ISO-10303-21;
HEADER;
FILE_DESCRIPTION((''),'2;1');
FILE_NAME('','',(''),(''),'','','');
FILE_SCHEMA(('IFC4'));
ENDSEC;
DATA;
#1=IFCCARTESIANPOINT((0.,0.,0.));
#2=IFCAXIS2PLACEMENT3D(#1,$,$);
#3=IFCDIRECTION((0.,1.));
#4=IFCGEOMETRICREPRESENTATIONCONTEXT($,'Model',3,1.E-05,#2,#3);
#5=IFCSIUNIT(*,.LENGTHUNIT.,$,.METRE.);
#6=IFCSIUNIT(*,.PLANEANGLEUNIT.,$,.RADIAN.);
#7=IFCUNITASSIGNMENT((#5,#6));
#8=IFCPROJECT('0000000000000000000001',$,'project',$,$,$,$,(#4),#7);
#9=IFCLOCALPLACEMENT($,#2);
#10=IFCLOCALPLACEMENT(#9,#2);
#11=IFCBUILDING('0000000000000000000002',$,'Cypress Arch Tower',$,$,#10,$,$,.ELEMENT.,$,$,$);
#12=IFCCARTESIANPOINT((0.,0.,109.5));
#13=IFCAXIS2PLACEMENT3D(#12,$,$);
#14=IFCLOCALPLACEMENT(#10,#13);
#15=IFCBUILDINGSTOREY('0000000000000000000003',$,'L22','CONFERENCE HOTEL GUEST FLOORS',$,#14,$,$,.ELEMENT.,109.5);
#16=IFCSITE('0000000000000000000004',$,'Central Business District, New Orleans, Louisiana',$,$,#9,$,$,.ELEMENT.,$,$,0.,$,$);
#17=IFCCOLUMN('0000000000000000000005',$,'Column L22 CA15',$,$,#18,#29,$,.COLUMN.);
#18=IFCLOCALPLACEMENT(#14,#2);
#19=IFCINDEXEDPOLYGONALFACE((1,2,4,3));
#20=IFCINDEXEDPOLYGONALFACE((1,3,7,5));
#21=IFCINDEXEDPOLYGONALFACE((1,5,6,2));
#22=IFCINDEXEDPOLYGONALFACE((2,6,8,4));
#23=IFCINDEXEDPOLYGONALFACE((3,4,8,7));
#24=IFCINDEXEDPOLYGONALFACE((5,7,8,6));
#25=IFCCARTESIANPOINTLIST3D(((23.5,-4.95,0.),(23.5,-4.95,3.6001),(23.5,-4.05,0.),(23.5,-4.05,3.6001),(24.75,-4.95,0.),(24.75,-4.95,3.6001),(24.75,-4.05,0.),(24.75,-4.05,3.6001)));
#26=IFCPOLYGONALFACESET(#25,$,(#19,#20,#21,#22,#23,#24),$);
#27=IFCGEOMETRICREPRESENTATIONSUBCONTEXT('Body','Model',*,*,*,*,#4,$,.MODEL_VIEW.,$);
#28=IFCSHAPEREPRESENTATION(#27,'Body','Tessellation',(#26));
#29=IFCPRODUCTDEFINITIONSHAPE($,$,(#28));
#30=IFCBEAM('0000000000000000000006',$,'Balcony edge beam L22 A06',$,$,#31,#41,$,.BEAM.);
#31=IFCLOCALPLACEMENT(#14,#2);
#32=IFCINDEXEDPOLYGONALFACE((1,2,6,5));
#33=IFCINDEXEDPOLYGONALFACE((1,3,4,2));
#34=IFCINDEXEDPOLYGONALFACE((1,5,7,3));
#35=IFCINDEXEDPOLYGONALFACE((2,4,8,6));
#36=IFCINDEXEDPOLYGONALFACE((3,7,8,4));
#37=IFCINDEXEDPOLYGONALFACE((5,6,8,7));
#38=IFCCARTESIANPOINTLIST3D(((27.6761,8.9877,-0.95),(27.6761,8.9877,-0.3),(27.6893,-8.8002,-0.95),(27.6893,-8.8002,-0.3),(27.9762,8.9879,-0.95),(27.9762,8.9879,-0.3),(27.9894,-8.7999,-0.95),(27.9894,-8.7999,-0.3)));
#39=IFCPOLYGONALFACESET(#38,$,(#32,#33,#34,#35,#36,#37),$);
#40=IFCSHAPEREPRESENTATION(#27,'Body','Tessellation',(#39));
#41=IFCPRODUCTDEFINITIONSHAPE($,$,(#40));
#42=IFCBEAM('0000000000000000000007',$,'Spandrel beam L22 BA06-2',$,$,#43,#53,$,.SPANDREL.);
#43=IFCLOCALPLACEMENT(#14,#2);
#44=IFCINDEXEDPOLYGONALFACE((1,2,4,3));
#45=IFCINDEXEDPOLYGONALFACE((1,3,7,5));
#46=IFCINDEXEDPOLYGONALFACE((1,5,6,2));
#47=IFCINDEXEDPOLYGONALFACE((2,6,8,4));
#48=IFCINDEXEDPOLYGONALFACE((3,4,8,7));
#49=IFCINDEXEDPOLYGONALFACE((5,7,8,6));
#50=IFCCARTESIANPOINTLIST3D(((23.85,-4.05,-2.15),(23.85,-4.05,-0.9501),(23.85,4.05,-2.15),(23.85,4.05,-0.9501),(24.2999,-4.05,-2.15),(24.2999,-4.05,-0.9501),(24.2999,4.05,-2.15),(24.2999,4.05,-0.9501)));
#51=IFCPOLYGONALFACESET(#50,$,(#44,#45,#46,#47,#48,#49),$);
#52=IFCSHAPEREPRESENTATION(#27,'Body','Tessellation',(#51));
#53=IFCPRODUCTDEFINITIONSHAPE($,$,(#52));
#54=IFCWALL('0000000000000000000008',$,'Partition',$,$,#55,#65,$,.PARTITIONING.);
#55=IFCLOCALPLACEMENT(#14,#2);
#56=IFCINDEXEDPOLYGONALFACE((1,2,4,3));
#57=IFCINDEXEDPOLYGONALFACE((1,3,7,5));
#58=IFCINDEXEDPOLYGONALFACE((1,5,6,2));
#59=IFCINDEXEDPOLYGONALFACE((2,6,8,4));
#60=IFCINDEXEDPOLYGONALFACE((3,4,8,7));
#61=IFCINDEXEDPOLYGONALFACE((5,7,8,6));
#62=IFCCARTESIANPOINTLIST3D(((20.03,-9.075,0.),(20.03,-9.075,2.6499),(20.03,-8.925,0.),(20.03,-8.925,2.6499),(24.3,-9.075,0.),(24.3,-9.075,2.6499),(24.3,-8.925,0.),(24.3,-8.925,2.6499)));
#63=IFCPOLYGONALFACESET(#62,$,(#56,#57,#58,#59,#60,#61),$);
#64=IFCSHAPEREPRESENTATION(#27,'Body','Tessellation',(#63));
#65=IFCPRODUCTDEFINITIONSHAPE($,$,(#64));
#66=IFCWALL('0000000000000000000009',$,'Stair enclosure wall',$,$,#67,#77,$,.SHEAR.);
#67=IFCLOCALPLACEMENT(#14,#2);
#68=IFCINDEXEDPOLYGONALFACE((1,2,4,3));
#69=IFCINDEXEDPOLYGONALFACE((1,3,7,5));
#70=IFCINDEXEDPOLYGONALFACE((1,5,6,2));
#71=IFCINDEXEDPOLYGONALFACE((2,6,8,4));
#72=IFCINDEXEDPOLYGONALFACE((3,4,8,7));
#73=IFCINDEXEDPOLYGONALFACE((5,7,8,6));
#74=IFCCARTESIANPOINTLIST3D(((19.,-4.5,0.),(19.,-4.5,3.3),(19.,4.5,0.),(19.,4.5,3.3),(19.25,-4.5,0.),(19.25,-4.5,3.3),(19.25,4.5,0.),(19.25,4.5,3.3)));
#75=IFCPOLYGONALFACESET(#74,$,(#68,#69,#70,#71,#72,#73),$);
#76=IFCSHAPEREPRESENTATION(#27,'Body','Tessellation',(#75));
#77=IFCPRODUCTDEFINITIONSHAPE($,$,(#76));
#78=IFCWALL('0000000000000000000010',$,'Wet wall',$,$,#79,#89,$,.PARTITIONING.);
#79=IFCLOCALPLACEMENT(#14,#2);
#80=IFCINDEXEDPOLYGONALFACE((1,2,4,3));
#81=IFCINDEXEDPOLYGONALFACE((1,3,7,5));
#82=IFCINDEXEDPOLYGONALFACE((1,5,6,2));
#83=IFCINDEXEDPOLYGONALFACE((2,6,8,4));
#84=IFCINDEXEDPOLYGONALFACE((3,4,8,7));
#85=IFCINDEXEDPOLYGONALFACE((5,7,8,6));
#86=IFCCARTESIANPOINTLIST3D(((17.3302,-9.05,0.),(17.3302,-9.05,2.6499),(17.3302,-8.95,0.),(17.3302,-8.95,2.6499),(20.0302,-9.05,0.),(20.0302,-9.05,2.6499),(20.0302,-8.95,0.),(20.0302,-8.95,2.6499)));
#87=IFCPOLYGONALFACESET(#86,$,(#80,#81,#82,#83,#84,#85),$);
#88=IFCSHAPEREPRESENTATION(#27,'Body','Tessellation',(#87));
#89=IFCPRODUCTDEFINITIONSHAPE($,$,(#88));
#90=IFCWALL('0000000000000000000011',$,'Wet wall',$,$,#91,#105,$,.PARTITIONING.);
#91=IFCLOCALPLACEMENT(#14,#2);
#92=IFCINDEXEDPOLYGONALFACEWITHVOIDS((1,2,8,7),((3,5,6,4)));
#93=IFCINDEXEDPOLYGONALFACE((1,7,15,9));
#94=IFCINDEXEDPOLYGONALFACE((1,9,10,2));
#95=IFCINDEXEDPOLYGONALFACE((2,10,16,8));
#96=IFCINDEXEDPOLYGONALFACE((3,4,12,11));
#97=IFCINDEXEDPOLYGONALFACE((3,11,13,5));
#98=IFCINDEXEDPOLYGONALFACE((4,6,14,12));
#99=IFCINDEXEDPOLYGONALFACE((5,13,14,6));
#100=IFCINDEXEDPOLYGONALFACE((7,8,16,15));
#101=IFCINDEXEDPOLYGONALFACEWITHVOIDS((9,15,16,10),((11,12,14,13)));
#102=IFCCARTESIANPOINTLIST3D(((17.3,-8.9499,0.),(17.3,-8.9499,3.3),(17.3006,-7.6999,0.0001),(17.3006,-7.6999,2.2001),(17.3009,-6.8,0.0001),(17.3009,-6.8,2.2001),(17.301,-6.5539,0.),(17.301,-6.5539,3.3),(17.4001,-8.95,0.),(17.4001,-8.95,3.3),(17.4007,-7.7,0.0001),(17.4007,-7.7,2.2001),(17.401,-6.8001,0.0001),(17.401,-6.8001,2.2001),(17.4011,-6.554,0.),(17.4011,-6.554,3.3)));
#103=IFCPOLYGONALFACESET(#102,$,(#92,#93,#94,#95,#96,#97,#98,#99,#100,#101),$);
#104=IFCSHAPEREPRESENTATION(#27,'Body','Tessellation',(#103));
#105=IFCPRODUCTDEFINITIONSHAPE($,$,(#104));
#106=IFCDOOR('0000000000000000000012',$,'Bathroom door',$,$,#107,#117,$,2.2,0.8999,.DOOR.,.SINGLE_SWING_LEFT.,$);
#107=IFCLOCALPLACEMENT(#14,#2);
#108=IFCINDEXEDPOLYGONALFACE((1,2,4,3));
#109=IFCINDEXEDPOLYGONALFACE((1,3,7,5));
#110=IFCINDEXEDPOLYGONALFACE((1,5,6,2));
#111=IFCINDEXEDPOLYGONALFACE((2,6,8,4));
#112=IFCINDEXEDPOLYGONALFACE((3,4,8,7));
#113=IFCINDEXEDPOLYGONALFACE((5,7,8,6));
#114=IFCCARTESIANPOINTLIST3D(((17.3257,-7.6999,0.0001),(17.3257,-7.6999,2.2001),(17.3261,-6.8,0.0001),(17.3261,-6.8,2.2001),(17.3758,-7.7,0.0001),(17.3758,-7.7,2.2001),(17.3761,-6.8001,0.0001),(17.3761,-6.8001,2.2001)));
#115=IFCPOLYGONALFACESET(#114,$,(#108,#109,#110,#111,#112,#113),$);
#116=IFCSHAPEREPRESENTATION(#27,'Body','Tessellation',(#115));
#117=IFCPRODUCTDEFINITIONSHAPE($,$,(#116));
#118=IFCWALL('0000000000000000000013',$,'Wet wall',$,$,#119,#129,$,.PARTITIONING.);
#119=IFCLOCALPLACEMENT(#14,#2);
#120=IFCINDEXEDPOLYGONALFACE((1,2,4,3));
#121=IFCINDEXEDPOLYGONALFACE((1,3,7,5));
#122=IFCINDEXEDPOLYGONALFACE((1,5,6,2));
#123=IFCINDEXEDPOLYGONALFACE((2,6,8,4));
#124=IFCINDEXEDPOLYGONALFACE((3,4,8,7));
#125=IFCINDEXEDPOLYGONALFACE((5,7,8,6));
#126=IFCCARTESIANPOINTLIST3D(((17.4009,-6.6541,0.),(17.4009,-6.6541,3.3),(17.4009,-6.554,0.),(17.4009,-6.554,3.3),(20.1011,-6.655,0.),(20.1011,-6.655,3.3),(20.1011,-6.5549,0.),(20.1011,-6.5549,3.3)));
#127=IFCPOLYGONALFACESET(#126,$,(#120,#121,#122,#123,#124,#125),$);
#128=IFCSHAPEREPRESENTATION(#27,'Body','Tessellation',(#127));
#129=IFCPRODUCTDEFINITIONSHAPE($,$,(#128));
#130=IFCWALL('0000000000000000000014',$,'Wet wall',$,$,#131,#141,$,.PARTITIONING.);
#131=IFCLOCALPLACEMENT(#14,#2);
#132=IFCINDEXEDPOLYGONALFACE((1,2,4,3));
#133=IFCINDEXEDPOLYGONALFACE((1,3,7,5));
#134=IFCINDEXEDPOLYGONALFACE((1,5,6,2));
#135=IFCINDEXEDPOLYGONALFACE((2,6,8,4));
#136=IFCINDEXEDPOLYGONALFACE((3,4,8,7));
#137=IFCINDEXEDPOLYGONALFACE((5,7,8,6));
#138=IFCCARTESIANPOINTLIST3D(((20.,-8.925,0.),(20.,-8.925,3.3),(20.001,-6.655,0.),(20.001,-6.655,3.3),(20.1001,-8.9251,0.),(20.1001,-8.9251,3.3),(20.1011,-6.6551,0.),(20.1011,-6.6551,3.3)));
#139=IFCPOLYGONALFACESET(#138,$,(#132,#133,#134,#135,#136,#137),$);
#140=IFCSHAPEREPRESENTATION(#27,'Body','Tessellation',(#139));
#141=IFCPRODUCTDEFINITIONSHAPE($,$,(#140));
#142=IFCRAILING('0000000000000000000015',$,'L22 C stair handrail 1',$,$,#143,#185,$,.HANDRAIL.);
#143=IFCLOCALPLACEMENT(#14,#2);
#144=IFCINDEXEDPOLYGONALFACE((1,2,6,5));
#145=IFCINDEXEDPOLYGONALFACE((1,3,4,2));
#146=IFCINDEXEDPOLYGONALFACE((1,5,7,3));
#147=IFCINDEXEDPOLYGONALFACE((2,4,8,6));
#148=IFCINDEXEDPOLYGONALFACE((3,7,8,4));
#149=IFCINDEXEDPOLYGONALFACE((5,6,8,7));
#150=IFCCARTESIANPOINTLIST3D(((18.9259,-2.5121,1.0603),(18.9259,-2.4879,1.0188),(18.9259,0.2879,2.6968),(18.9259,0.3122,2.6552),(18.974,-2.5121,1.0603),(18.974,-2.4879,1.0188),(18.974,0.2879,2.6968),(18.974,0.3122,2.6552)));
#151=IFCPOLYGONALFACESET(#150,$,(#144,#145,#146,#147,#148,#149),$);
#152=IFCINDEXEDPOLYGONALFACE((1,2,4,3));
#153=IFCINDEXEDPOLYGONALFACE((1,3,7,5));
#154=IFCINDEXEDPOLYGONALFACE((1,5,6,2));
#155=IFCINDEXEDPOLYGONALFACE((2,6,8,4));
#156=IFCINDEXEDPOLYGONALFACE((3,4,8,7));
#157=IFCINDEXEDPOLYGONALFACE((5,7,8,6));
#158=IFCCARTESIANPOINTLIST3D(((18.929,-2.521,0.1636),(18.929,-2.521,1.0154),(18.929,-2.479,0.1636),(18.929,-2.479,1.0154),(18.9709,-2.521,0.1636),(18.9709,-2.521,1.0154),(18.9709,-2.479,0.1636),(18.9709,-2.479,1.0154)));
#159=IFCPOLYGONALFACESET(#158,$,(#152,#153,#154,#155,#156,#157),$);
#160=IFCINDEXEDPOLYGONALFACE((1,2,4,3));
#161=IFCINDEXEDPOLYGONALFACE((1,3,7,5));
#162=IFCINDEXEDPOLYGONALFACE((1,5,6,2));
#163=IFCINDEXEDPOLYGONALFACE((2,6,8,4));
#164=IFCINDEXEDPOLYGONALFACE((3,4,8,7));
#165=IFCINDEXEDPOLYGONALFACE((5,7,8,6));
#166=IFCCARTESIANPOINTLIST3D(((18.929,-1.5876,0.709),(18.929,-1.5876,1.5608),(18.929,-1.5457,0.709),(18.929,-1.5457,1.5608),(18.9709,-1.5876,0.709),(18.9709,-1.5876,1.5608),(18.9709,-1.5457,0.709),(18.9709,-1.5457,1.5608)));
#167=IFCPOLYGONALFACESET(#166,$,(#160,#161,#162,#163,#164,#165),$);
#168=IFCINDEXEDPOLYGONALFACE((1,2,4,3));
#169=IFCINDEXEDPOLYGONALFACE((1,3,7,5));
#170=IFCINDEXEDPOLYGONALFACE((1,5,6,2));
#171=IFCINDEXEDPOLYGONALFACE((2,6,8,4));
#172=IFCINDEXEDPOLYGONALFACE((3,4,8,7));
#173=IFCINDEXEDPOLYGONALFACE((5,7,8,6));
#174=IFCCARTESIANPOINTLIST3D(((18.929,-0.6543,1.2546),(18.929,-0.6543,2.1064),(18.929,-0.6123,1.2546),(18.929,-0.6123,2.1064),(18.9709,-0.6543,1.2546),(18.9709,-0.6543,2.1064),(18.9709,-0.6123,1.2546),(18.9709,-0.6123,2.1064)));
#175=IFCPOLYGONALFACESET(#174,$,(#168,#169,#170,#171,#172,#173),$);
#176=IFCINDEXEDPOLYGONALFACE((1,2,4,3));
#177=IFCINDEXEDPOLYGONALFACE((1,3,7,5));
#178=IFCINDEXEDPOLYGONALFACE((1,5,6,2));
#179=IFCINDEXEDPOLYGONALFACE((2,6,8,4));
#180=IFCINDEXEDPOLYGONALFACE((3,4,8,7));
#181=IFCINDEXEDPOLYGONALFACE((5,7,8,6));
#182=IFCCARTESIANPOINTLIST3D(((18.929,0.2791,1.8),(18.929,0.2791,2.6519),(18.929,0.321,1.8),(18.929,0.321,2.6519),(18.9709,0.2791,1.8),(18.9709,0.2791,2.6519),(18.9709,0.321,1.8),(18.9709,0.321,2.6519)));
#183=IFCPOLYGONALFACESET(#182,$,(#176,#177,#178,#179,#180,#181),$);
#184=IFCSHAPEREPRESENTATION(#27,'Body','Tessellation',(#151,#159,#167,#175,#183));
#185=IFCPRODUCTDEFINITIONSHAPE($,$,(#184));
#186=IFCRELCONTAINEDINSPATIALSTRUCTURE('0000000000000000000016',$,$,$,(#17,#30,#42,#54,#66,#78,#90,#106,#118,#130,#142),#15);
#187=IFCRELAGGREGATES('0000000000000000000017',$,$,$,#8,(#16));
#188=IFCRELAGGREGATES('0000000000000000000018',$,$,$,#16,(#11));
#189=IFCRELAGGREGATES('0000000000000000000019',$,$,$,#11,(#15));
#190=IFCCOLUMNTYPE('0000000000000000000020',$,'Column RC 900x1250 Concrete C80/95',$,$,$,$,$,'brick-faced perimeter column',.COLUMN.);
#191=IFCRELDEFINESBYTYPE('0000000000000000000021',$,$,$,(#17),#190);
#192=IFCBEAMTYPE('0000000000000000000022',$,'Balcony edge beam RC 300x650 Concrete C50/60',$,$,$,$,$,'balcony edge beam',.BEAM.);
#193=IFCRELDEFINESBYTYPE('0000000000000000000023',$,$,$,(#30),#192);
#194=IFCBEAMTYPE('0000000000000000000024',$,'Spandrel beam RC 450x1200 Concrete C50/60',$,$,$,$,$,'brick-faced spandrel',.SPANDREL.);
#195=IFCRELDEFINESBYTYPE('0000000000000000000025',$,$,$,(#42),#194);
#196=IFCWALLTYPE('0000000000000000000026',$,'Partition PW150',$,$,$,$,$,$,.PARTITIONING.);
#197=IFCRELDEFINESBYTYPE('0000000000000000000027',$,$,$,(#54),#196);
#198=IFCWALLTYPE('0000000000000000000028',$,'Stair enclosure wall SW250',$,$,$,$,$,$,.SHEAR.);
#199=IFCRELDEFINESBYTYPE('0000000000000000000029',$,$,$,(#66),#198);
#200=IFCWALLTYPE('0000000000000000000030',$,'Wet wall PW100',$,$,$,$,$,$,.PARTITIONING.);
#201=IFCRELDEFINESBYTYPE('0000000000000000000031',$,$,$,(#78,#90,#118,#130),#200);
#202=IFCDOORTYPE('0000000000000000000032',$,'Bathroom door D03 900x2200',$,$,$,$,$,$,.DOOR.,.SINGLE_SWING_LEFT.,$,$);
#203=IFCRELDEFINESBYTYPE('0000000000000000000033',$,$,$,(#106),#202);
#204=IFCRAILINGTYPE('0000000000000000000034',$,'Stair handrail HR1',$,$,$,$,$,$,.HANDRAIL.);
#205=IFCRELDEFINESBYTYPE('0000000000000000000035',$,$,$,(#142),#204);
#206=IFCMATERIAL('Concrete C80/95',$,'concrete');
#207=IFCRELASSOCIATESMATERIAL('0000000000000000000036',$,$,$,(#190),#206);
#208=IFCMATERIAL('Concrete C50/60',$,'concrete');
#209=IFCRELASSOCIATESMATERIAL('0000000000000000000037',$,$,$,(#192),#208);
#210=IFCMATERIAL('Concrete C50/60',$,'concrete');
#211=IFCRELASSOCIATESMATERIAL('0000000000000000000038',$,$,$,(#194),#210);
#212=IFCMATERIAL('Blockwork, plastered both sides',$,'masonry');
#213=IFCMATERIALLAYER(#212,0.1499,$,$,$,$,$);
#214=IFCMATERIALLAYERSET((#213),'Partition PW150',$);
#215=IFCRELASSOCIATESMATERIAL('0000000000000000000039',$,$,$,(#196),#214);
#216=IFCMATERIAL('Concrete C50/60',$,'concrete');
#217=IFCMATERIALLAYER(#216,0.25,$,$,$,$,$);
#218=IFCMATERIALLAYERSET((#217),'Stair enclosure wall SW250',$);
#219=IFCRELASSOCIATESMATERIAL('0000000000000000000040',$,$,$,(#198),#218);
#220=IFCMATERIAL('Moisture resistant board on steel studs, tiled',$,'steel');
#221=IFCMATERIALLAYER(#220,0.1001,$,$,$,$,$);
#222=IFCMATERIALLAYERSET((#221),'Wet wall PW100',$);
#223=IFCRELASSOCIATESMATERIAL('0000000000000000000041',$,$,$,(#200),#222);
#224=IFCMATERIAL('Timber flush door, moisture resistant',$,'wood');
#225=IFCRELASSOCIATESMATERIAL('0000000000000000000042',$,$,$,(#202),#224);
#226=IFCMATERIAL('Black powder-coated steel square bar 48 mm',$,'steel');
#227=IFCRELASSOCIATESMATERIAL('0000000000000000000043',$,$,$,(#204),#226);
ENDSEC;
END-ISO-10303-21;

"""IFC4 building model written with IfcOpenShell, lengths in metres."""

from ifc_helpers import new_model, si_unit, direction, frame, frame_2d, origin, origin_2d, place, context, subcontext, project, spatial, rectangle, extrude, material, layer, layer_set, material_profile, profile_set, type_object, element, fill, save


model = new_model("IFC4")

# Units and contexts
model_context = context("Model", 3, precision=1e-05, world=origin(), true_north=direction((0.0, 1.0)))
body_context = subcontext(model_context, "Body", "Model", "MODEL_VIEW")
ifc_project = project(units=[si_unit("LENGTHUNIT", "METRE"), si_unit("PLANEANGLEUNIT", "RADIAN")], contexts=[model_context])

# Site, building, storey
site_placement = place(None, origin())
site = spatial("IfcSite", under=ifc_project, at=site_placement, Name="Central Business District, New Orleans, Louisiana", CompositionType="ELEMENT", RefElevation=0.0)
building_placement = place(site_placement, origin())
building = spatial("IfcBuilding", under=site, at=building_placement, Name="Cypress Arch Tower", CompositionType="ELEMENT")
storey_placement = place(building_placement, frame((0.0, 0.0, 109.5)))
storey = spatial("IfcBuildingStorey", under=building, at=storey_placement, Name="L22", Description="CONFERENCE HOTEL GUEST FLOORS", CompositionType="ELEMENT", Elevation=109.5)

# Column
ifc_material_1 = material(Name="Concrete C80/95", Category="concrete")
ifc_material_profile_1 = material_profile(ifc_material_1, rectangle(XDim=0.8999, YDim=1.25, at=origin_2d()), Name="RC 900x1250")
ifc_profile_set_1 = profile_set([ifc_material_profile_1], Name="Concrete C80/95")
column_type = type_object("IfcColumnType", Name="Column RC 900x1250 Concrete C80/95", ElementType="brick-faced perimeter column", PredefinedType="COLUMN", material=ifc_profile_set_1)
column_placement = place(storey_placement, frame((24.125, -4.5, 0.0), z_axis=(0.0, 0.0, 1.0), x_axis=(0.0, 1.0, 0.0)))
element("IfcColumn", 1, at=column_placement, inside=storey, type_object=column_type, Name="Column L22 CA15", PredefinedType="COLUMN", context=body_context, shape_type="SweptSolid", body=[
    extrude(rectangle(XDim=0.8999, YDim=1.25, at=origin_2d()), origin(), (0.0, 0.0, 1.0), 3.6001),
])

# Beams
ifc_material_2 = material(Name="Concrete C50/60", Category="concrete")
ifc_material_profile_2 = material_profile(ifc_material_2, rectangle(XDim=0.3, YDim=0.6499, at=origin_2d()), Name="RC 300x650")
ifc_profile_set_2 = profile_set([ifc_material_profile_2], Name="Concrete C50/60")
beam_type_1 = type_object("IfcBeamType", Name="Balcony edge beam RC 300x650 Concrete C50/60", ElementType="balcony edge beam", PredefinedType="BEAM", material=ifc_profile_set_2)
beam_1_placement = place(storey_placement, frame((27.8394, -8.8, -0.625), z_axis=(-0.000741, 1.0, 0.0), x_axis=(-1.0, -0.000741, 0.0)))
element("IfcBeam", 2, at=beam_1_placement, inside=storey, type_object=beam_type_1, Name="Balcony edge beam L22 A06", PredefinedType="BEAM", context=body_context, shape_type="SweptSolid", body=[
    extrude(rectangle(XDim=0.3, YDim=0.6499, at=origin_2d()), origin(), (0.0, 0.0, 1.0), 17.7878),
])
ifc_material_3 = material(Name="Concrete C50/60", Category="concrete")
ifc_material_profile_3 = material_profile(ifc_material_3, rectangle(XDim=0.45, YDim=1.2, at=origin_2d()), Name="RC 450x1200")
ifc_profile_set_3 = profile_set([ifc_material_profile_3], Name="Concrete C50/60")
beam_type_2 = type_object("IfcBeamType", Name="Spandrel beam RC 450x1200 Concrete C50/60", ElementType="brick-faced spandrel", PredefinedType="SPANDREL", material=ifc_profile_set_3)
beam_2_placement = place(storey_placement, frame((24.075, -4.05, -1.55), z_axis=(0.0, 1.0, 0.0), x_axis=(-1.0, 0.0, 0.0)))
element("IfcBeam", 3, at=beam_2_placement, inside=storey, type_object=beam_type_2, Name="Spandrel beam L22 BA06-2", PredefinedType="SPANDREL", context=body_context, shape_type="SweptSolid", body=[
    extrude(rectangle(XDim=0.45, YDim=1.2, at=origin_2d()), origin(), (0.0, 0.0, 1.0), 8.1001),
])

# Walls
ifc_material_4 = material(Name="Blockwork, plastered both sides", Category="masonry")
ifc_layer_1 = layer(ifc_material_4, 0.1499)
ifc_layer_set_1 = layer_set([ifc_layer_1], Name="Partition PW150")
wall_type_1 = type_object("IfcWallType", Name="Partition PW150", PredefinedType="PARTITIONING", material=ifc_layer_set_1)
wall_1_placement = place(storey_placement, frame((20.03, -9.0, 0.0), z_axis=(0.0, 0.0, 1.0), x_axis=(1.0, 0.0, 0.0)))
element("IfcWall", 4, at=wall_1_placement, inside=storey, type_object=wall_type_1, Name="Partition", PredefinedType="PARTITIONING", context=body_context, shape_type="SweptSolid", body=[
    extrude(rectangle(XDim=4.27, YDim=0.1499, at=frame_2d((2.135, 0.0))), origin(), (0.0, 0.0, 1.0), 2.6499),
])
ifc_material_5 = material(Name="Concrete C50/60", Category="concrete")
ifc_layer_2 = layer(ifc_material_5, 0.25)
ifc_layer_set_2 = layer_set([ifc_layer_2], Name="Stair enclosure wall SW250")
wall_type_2 = type_object("IfcWallType", Name="Stair enclosure wall SW250", PredefinedType="SHEAR", material=ifc_layer_set_2)
wall_2_placement = place(storey_placement, frame((19.125, -4.5, 0.0), z_axis=(0.0, 0.0, 1.0), x_axis=(0.0, 1.0, 0.0)))
element("IfcWall", 5, at=wall_2_placement, inside=storey, type_object=wall_type_2, Name="Stair enclosure wall", PredefinedType="SHEAR", context=body_context, shape_type="SweptSolid", body=[
    extrude(rectangle(XDim=9.0, YDim=0.25, at=frame_2d((4.5, 0.0))), origin(), (0.0, 0.0, 1.0), 3.3),
])
ifc_material_6 = material(Name="Moisture resistant board on steel studs, tiled", Category="steel")
ifc_layer_3 = layer(ifc_material_6, 0.1001)
ifc_layer_set_3 = layer_set([ifc_layer_3], Name="Wet wall PW100")
wall_type_3 = type_object("IfcWallType", Name="Wet wall PW100", PredefinedType="PARTITIONING", material=ifc_layer_set_3)
wall_3_placement = place(storey_placement, frame((17.3301, -9.0, 0.0), z_axis=(0.0, 0.0, 1.0), x_axis=(1.0, 0.0, 0.0)))
element("IfcWall", 6, at=wall_3_placement, inside=storey, type_object=wall_type_3, Name="Wet wall", PredefinedType="PARTITIONING", context=body_context, shape_type="SweptSolid", body=[
    extrude(rectangle(XDim=2.7, YDim=0.1001, at=frame_2d((1.3501, 0.0))), origin(), (0.0, 0.0, 1.0), 2.6499),
])

# Wall, opening, door
wall_4_placement = place(storey_placement, frame((17.3501, -8.95, 0.0), z_axis=(0.0, 0.0, 1.0), x_axis=(0.000408, 1.0, 0.0)))
wall_4 = element("IfcWall", 7, at=wall_4_placement, inside=storey, type_object=wall_type_3, Name="Wet wall", PredefinedType="PARTITIONING", context=body_context, shape_type="SweptSolid", body=[
    extrude(rectangle(XDim=2.396, YDim=0.1001, at=frame_2d((1.198, 0.0))), origin(), (0.0, 0.0, 1.0), 3.3),
])
opening_1_placement = place(wall_4_placement, frame((1.25, 0.0, 0.0)))
opening_1 = element("IfcOpeningElement", 8, at=opening_1_placement, cuts=wall_4, PredefinedType="OPENING", context=body_context, shape_type="SweptSolid", body=[
    extrude(rectangle(XDim=0.8999, YDim=2.2, at=frame_2d((0.45, 1.1001))), frame((0.0, 0.0601, 0.0), z_axis=(0.0, -1.0, 0.0), x_axis=(1.0, 0.0, 0.0)), (0.0, 0.0, 1.0), 0.1201),
])
ifc_material_7 = material(Name="Timber flush door, moisture resistant", Category="wood")
door_type_1 = type_object("IfcDoorType", Name="Bathroom door D03 900x2200", OperationType="SINGLE_SWING_LEFT", PredefinedType="DOOR", material=ifc_material_7)
door_1_placement = place(opening_1_placement, origin())
door_1 = element("IfcDoor", 9, at=door_1_placement, inside=storey, type_object=door_type_1, Name="Bathroom door", OperationType="SINGLE_SWING_LEFT", OverallHeight=2.2, OverallWidth=0.8999, PredefinedType="DOOR", context=body_context, shape_type="SweptSolid", body=[
    extrude(rectangle(XDim=0.8999, YDim=2.2, at=frame_2d((0.45, 1.1001))), frame((0.0, 0.0249, 0.0), z_axis=(0.0, -1.0, 0.0), x_axis=(1.0, 0.0, 0.0)), (0.0, 0.0, 1.0), 0.05),
])
fill(opening_1, door_1)

# Walls
wall_5_placement = place(storey_placement, frame((17.4009, -6.604, 0.0), z_axis=(0.0, 0.0, 1.0), x_axis=(1.0, -0.000362, 0.0)))
element("IfcWall", 10, at=wall_5_placement, inside=storey, type_object=wall_type_3, Name="Wet wall", PredefinedType="PARTITIONING", context=body_context, shape_type="SweptSolid", body=[
    extrude(rectangle(XDim=2.7002, YDim=0.1001, at=frame_2d((1.3501, 0.0))), origin(), (0.0, 0.0, 1.0), 3.3),
])
wall_6_placement = place(storey_placement, frame((20.05, -8.925, 0.0), z_axis=(0.0, 0.0, 1.0), x_axis=(0.00043, 1.0, 0.0)))
element("IfcWall", 11, at=wall_6_placement, inside=storey, type_object=wall_type_3, Name="Wet wall", PredefinedType="PARTITIONING", context=body_context, shape_type="SweptSolid", body=[
    extrude(rectangle(XDim=2.27, YDim=0.1001, at=frame_2d((1.135, 0.0))), origin(), (0.0, 0.0, 1.0), 3.3),
])

# Railing
ifc_material_8 = material(Name="Black powder-coated steel square bar 48 mm", Category="steel")
railing_type_1 = type_object("IfcRailingType", Name="Stair handrail HR1", PredefinedType="HANDRAIL", material=ifc_material_8)
railing_1_placement = place(storey_placement, frame((18.95, -2.5, 0.1636)))
element("IfcRailing", 12, at=railing_1_placement, inside=storey, type_object=railing_type_1, Name="L22 C stair handrail 1", PredefinedType="HANDRAIL", context=body_context, shape_type="SweptSolid", body=[
    extrude(rectangle(XDim=0.0481, YDim=0.0481, at=origin_2d()), frame((0.0, 0.0, 0.876), z_axis=(0.0, 0.863361, 0.504587), x_axis=(-1.0, 0.0, 0.0)), (0.0, 0.0, 1.0), 3.2432),
    extrude(rectangle(XDim=0.042, YDim=0.042, at=origin_2d()), origin(), (0.0, 0.0, 1.0), 0.8518),
    extrude(rectangle(XDim=0.042, YDim=0.042, at=origin_2d()), frame((0.0, 0.9333, 0.5454)), (0.0, 0.0, 1.0), 0.8518),
    extrude(rectangle(XDim=0.042, YDim=0.042, at=origin_2d()), frame((0.0, 1.8667, 1.0911)), (0.0, 0.0, 1.0), 0.8518),
    extrude(rectangle(XDim=0.042, YDim=0.042, at=origin_2d()), frame((0.0, 2.8, 1.6365)), (0.0, 0.0, 1.0), 0.8518),
])

save(model, "model.ifc")
